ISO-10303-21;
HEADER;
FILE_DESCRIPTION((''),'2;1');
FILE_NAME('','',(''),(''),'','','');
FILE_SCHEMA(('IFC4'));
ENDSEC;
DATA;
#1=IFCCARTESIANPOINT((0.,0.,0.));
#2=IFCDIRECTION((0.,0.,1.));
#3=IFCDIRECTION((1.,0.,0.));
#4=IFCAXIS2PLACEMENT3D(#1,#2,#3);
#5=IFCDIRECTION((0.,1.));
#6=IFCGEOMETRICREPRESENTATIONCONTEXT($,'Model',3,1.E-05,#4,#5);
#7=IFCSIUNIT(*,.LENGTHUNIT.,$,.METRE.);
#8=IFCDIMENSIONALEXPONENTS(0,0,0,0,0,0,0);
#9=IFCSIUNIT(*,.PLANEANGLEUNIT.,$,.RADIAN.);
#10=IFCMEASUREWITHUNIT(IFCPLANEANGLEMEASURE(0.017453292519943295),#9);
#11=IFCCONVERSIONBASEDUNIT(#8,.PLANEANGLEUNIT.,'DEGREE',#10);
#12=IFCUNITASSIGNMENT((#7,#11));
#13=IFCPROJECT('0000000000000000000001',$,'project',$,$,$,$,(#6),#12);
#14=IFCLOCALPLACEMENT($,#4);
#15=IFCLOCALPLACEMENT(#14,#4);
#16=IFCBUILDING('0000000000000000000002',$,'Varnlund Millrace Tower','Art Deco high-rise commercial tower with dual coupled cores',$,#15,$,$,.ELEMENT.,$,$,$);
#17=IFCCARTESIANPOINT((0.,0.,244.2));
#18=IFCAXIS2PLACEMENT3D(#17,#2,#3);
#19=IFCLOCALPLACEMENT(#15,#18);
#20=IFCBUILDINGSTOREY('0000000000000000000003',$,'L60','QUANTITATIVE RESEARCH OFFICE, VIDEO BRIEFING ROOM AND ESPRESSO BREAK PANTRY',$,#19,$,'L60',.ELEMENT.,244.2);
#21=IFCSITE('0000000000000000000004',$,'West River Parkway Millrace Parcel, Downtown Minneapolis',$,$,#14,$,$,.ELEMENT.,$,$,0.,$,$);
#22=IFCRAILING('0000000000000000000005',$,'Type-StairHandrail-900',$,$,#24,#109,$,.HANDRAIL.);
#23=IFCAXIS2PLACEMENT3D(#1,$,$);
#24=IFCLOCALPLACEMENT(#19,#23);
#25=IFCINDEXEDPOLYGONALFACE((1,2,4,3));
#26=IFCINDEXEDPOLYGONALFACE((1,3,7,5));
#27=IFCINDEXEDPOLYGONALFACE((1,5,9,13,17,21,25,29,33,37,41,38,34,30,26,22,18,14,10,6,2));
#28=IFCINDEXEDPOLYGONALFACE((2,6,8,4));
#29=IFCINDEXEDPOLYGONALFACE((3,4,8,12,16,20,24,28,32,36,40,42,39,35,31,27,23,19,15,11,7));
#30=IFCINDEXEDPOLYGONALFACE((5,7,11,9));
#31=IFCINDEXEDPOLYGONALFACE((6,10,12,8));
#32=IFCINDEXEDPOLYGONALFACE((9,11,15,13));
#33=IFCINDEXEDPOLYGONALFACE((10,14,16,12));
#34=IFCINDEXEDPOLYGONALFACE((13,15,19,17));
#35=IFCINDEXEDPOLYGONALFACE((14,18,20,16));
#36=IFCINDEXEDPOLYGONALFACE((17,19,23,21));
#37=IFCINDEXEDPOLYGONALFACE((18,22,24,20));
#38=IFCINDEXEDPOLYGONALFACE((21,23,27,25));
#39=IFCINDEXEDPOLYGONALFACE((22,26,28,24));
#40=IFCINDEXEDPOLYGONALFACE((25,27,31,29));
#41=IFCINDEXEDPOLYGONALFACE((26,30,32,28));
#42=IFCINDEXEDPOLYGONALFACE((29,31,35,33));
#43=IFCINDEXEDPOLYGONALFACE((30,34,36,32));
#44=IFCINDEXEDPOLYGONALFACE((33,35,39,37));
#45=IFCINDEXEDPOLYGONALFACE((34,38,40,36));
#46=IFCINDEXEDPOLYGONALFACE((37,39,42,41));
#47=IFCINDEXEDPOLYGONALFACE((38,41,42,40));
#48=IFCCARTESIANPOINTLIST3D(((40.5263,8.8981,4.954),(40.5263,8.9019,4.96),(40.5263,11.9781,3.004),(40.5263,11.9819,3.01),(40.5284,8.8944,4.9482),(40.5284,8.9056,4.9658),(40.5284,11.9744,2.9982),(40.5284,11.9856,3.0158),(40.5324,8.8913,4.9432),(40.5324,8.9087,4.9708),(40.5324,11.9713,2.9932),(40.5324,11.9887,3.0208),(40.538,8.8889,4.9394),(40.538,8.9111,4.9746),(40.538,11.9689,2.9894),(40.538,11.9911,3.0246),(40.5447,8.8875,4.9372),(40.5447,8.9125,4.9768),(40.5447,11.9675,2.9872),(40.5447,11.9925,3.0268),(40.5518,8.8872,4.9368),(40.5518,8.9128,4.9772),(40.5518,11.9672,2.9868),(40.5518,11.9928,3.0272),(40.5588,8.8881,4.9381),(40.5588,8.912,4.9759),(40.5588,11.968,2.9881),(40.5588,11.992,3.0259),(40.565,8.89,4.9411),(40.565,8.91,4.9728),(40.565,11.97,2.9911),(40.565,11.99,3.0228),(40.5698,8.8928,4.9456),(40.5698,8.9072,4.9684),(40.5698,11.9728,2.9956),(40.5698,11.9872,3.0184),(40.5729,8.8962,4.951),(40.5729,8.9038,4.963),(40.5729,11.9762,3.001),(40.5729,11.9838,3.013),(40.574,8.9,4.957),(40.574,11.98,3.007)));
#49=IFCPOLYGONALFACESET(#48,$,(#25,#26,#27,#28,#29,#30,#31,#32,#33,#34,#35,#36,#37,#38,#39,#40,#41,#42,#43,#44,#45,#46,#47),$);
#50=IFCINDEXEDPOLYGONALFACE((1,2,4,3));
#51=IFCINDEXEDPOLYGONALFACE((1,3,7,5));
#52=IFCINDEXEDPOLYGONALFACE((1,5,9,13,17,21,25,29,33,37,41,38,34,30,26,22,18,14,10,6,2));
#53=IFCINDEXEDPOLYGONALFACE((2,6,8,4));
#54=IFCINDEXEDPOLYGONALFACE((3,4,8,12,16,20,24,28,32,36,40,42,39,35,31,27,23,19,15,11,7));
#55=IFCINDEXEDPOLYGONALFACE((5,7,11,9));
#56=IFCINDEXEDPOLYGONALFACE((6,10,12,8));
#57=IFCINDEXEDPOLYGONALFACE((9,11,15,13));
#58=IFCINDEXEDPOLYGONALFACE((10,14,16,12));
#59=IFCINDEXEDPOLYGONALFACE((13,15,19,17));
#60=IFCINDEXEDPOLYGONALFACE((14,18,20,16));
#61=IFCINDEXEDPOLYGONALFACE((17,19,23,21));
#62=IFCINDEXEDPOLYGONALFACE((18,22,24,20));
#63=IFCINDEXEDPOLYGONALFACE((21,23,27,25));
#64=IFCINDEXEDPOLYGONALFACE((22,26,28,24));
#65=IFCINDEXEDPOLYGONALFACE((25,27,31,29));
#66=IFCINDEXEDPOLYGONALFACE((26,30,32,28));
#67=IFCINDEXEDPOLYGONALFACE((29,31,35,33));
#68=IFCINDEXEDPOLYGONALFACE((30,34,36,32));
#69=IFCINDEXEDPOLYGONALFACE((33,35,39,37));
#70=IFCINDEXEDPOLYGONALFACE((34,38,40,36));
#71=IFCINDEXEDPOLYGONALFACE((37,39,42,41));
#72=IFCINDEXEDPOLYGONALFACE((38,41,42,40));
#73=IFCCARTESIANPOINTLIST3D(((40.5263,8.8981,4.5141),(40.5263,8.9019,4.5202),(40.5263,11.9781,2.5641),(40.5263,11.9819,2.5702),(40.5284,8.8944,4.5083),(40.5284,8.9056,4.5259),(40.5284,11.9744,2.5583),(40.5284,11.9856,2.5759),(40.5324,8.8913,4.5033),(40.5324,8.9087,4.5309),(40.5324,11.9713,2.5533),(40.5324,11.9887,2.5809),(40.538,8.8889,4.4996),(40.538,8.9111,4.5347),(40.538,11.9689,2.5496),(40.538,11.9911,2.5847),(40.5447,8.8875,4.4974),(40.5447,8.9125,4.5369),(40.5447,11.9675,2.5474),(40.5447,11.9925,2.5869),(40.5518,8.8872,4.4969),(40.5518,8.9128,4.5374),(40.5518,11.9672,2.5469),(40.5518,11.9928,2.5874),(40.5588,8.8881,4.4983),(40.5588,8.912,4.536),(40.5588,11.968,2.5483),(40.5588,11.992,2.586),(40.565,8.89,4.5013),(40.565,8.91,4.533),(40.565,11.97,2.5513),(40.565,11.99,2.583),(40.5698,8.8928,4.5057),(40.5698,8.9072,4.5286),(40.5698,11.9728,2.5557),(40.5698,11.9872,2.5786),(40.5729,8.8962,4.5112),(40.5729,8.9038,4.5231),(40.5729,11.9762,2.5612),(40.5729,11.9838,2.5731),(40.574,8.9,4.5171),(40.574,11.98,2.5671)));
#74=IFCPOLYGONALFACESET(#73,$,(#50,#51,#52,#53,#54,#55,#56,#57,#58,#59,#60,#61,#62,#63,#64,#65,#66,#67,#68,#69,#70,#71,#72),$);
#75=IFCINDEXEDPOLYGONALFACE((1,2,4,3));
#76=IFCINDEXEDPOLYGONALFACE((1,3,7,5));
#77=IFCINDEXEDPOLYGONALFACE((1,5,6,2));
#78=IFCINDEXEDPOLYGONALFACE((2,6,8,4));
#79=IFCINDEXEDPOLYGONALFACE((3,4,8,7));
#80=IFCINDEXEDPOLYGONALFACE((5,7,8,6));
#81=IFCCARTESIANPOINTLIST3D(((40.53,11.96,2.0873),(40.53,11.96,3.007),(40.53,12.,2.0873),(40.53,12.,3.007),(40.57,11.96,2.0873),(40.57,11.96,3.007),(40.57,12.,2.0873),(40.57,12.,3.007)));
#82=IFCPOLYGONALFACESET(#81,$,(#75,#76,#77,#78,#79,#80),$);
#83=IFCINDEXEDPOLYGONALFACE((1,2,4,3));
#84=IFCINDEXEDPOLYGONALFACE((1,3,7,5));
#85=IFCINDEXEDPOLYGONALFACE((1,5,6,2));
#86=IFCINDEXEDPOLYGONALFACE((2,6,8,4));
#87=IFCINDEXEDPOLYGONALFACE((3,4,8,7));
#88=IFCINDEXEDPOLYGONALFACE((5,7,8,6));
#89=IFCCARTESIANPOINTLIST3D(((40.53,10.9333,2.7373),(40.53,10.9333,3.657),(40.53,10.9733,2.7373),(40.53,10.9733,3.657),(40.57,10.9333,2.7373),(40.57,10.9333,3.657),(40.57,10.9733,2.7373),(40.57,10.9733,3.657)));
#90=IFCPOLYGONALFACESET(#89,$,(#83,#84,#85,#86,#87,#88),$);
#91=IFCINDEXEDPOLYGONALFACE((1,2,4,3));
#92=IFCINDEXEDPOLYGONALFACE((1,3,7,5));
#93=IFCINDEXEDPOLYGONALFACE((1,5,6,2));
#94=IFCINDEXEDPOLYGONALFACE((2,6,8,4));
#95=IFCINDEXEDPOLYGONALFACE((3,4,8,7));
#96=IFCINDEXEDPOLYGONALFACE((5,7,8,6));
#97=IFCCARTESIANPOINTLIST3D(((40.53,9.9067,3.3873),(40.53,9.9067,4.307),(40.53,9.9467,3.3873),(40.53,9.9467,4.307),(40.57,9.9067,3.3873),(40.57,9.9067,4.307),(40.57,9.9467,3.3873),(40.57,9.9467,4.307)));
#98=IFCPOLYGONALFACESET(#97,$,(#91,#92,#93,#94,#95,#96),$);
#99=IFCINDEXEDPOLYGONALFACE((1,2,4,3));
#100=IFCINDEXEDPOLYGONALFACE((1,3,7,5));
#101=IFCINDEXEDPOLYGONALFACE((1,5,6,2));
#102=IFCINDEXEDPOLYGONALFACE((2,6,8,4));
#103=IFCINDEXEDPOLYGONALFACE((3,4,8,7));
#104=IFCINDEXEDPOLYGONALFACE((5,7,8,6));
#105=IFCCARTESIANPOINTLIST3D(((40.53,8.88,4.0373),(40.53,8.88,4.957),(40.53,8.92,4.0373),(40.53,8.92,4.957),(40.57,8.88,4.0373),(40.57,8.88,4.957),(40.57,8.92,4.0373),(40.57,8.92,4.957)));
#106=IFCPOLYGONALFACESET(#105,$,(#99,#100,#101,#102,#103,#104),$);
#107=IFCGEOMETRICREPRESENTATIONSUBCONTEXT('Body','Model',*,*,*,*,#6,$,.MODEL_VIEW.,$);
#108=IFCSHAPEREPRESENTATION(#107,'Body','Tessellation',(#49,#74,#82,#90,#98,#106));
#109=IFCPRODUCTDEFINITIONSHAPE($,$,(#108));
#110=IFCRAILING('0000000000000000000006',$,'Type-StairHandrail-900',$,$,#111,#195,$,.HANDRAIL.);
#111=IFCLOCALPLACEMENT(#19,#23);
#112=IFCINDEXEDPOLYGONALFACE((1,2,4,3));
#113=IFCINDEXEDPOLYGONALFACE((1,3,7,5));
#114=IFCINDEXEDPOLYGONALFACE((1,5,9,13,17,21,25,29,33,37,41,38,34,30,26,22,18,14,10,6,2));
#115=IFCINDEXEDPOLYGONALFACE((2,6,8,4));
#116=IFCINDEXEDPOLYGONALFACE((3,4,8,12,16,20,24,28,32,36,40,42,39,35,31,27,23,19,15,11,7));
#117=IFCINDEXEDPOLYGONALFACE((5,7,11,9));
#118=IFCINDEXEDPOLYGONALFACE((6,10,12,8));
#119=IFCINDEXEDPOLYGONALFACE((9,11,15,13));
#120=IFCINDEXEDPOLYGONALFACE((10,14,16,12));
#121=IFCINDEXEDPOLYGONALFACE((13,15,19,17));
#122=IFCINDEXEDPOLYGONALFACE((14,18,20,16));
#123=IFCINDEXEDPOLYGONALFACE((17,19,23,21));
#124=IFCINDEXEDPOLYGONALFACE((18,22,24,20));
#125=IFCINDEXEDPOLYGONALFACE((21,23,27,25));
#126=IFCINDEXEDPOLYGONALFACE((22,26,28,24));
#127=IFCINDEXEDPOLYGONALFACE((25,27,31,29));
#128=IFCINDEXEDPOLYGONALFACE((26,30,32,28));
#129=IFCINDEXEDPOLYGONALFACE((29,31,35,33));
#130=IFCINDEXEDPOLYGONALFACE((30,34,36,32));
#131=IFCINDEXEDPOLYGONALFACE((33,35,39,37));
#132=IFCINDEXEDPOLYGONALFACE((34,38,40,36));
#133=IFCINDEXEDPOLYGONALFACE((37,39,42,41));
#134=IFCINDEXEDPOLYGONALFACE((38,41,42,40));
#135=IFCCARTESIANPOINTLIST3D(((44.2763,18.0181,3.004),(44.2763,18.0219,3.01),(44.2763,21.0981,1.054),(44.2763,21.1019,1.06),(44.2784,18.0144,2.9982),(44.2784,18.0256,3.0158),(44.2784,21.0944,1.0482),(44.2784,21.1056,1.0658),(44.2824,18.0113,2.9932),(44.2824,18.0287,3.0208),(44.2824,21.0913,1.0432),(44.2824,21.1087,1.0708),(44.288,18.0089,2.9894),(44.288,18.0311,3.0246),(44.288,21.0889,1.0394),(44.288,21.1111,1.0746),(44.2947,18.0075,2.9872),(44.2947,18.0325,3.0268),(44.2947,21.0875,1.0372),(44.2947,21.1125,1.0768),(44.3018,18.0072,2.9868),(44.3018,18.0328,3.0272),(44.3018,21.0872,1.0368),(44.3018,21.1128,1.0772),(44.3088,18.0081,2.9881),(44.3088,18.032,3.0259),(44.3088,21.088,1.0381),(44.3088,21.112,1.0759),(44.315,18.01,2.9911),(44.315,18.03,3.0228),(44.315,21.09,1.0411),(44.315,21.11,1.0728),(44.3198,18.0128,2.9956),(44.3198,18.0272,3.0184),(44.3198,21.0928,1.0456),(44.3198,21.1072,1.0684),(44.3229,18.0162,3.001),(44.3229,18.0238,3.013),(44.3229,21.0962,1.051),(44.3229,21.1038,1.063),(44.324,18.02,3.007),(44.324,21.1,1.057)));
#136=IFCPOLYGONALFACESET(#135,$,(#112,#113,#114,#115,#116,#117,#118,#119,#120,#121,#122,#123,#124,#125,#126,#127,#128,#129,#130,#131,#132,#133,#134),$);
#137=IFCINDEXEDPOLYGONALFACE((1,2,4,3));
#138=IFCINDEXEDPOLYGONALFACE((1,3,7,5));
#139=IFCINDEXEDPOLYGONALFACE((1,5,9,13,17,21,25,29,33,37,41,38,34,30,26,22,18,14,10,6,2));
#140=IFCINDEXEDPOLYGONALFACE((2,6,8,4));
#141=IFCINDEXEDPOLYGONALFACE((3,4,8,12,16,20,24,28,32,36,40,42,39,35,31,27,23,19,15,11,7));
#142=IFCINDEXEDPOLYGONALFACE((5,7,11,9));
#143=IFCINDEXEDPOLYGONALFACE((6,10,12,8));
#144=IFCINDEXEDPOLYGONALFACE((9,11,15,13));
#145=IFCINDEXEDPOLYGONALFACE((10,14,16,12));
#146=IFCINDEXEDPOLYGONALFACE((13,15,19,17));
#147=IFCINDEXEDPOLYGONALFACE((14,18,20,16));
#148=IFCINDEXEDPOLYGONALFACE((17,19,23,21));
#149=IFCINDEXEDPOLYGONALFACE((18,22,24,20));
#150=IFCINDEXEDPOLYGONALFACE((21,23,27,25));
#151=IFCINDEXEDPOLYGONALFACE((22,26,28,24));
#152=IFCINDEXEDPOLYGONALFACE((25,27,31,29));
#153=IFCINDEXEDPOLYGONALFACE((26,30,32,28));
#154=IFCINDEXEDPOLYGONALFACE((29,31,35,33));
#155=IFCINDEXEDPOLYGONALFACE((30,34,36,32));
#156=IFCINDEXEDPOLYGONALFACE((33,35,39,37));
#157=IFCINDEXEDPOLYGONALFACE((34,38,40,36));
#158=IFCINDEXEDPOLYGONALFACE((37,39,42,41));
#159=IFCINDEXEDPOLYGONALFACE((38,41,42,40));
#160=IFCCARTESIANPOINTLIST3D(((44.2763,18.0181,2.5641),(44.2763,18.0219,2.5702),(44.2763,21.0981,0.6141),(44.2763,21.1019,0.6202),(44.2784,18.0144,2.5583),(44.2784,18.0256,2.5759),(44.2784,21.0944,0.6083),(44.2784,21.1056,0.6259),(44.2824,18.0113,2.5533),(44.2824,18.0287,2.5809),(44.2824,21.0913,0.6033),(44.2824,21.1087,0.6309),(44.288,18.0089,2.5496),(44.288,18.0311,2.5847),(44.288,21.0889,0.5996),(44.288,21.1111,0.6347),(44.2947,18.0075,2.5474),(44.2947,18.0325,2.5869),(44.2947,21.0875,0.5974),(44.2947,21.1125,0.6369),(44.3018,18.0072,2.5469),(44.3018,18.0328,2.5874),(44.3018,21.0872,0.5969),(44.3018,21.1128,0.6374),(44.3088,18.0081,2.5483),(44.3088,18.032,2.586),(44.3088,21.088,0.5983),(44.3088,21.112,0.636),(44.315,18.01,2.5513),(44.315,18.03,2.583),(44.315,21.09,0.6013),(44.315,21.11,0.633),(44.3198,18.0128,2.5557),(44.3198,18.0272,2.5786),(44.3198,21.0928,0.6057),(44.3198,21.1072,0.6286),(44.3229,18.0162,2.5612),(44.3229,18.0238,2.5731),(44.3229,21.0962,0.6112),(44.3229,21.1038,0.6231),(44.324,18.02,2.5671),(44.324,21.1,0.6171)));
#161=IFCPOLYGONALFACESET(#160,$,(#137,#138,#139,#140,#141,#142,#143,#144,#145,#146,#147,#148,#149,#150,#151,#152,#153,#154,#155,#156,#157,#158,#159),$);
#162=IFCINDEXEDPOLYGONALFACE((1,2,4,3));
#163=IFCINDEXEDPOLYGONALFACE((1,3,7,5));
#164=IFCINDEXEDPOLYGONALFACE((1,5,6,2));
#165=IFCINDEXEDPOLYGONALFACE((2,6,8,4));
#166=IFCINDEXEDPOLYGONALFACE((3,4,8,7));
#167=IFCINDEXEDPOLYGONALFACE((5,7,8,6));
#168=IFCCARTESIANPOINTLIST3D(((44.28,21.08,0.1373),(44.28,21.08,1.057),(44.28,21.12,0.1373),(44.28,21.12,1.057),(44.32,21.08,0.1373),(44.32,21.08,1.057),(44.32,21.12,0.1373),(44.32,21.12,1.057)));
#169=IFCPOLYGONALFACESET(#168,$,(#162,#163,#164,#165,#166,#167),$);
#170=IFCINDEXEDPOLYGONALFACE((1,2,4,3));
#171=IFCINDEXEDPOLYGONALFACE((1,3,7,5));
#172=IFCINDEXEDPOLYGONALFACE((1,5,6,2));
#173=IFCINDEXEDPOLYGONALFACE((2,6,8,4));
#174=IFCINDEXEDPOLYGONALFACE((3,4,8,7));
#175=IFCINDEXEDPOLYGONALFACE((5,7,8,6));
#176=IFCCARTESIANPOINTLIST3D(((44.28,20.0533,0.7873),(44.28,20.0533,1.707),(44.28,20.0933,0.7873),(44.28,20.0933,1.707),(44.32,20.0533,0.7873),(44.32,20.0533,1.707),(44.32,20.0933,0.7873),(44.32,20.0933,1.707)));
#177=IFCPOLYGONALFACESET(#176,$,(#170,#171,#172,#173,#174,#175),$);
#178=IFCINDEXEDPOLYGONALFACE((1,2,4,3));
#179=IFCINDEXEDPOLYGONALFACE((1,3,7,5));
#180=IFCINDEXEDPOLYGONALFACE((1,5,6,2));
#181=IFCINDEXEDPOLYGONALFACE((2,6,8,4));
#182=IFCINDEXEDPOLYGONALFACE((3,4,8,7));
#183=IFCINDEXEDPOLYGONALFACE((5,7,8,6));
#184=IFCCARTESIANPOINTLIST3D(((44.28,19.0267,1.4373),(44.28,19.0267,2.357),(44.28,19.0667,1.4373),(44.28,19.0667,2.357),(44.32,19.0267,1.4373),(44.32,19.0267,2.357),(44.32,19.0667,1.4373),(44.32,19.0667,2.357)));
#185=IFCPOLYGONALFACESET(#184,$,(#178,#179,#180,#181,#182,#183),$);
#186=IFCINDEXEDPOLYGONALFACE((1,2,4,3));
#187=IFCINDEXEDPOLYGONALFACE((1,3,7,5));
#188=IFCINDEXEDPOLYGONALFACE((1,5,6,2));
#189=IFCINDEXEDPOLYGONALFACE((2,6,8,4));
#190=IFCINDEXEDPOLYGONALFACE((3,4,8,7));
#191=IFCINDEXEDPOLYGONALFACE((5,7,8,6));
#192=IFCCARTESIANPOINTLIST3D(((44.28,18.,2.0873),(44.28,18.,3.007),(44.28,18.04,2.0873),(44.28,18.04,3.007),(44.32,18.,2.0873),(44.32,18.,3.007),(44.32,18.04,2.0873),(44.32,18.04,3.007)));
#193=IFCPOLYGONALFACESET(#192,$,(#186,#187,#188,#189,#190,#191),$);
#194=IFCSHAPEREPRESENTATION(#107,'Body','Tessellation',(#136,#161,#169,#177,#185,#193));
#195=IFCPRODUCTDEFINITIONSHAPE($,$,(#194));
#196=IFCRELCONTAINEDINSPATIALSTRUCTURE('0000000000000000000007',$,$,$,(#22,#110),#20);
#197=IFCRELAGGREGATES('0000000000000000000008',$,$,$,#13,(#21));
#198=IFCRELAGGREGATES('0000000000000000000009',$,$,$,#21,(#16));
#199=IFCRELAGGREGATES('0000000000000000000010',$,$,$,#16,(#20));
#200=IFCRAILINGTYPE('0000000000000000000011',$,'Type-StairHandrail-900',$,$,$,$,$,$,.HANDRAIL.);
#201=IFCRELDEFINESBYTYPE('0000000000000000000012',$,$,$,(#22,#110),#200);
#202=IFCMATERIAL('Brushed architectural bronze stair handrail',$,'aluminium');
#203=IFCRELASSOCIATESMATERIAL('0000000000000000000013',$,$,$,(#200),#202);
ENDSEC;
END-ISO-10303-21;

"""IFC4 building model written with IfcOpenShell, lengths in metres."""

from ifc_helpers import new_model, entity, si_unit, converted_unit, direction, frame, origin_with_axes, origin_2d_with_axis, place, context, subcontext, project, spatial, rectangle, circle, extrude, material, type_object, element, save


model = new_model("IFC4")

# Units and contexts
model_context = context("Model", 3, precision=1e-05, world=origin_with_axes(), true_north=direction((0.0, 1.0)))
body_context = subcontext(model_context, "Body", "Model", "MODEL_VIEW")
ifc_project = project(units=[si_unit("LENGTHUNIT", "METRE"), converted_unit("PLANEANGLEUNIT", "DEGREE", entity("IfcPlaneAngleMeasure", 0.017453292519943295), si_unit("PLANEANGLEUNIT", "RADIAN"), dimensions=[0, 0, 0, 0, 0, 0, 0])], contexts=[model_context])

# Site, building, storey
site_placement = place(None, origin_with_axes())
site = spatial("IfcSite", under=ifc_project, at=site_placement, Name="West River Parkway Millrace Parcel, Downtown Minneapolis", CompositionType="ELEMENT", RefElevation=0.0)
building_placement = place(site_placement, origin_with_axes())
building = spatial("IfcBuilding", under=site, at=building_placement, Name="Varnlund Millrace Tower", Description="Art Deco high-rise commercial tower with dual coupled cores", CompositionType="ELEMENT")
storey_placement = place(building_placement, frame((0.0, 0.0, 244.2), z_axis=(0.0, 0.0, 1.0), x_axis=(1.0, 0.0, 0.0)))
storey = spatial("IfcBuildingStorey", under=building, at=storey_placement, Name="L60", Description="QUANTITATIVE RESEARCH OFFICE, VIDEO BRIEFING ROOM AND ESPRESSO BREAK PANTRY", LongName="L60", CompositionType="ELEMENT", Elevation=244.2)

# Railings
ifc_material_1 = material(Name="Brushed architectural bronze stair handrail", Category="aluminium")
railing_type_1 = type_object("IfcRailingType", Name="Type-StairHandrail-900", PredefinedType="HANDRAIL", material=ifc_material_1)
railing_1_placement = place(storey_placement, frame((0.0, 0.0, -244.2), z_axis=(0.0, 0.0, 1.0), x_axis=(1.0, 0.0, 0.0)))
element("IfcRailing", 1, at=railing_1_placement, inside=storey, type_object=railing_type_1, Name="Type-StairHandrail-900", PredefinedType="HANDRAIL", context=body_context, shape_type="SweptSolid", body=[
    extrude(circle(Radius=0.024, at=origin_2d_with_axis()), frame((40.55, 11.98, 247.207), z_axis=(0.0, -0.844902, 0.534922), x_axis=(1.0, 0.0, 0.0)), (0.0, 0.0, 1.0), 3.6454),
    extrude(circle(Radius=0.024, at=origin_2d_with_axis()), frame((40.55, 11.98, 246.7671), z_axis=(0.0, -0.844902, 0.534922), x_axis=(1.0, 0.0, 0.0)), (0.0, 0.0, 1.0), 3.6454),
    extrude(rectangle(XDim=0.04, YDim=0.04, at=origin_2d_with_axis()), frame((40.55, 11.98, 246.2873), z_axis=(0.0, 0.0, 1.0), x_axis=(1.0, 0.0, 0.0)), (0.0, 0.0, 1.0), 0.9197),
    extrude(rectangle(XDim=0.04, YDim=0.04, at=origin_2d_with_axis()), frame((40.55, 10.9533, 246.9373), z_axis=(0.0, 0.0, 1.0), x_axis=(1.0, 0.0, 0.0)), (0.0, 0.0, 1.0), 0.9197),
    extrude(rectangle(XDim=0.04, YDim=0.04, at=origin_2d_with_axis()), frame((40.55, 9.9267, 247.5873), z_axis=(0.0, 0.0, 1.0), x_axis=(1.0, 0.0, 0.0)), (0.0, 0.0, 1.0), 0.9197),
    extrude(rectangle(XDim=0.04, YDim=0.04, at=origin_2d_with_axis()), frame((40.55, 8.9, 248.2373), z_axis=(0.0, 0.0, 1.0), x_axis=(1.0, 0.0, 0.0)), (0.0, 0.0, 1.0), 0.9197),
])
railing_2_placement = place(storey_placement, frame((0.0, 0.0, -244.2), z_axis=(0.0, 0.0, 1.0), x_axis=(1.0, 0.0, 0.0)))
element("IfcRailing", 2, at=railing_2_placement, inside=storey, type_object=railing_type_1, Name="Type-StairHandrail-900", PredefinedType="HANDRAIL", context=body_context, shape_type="SweptSolid", body=[
    extrude(circle(Radius=0.024, at=origin_2d_with_axis()), frame((44.3, 21.1, 245.257), z_axis=(0.0, -0.844902, 0.534922), x_axis=(1.0, 0.0, 0.0)), (0.0, 0.0, 1.0), 3.6454),
    extrude(circle(Radius=0.024, at=origin_2d_with_axis()), frame((44.3, 21.1, 244.8171), z_axis=(0.0, -0.844902, 0.534922), x_axis=(1.0, 0.0, 0.0)), (0.0, 0.0, 1.0), 3.6454),
    extrude(rectangle(XDim=0.04, YDim=0.04, at=origin_2d_with_axis()), frame((44.3, 21.1, 244.3373), z_axis=(0.0, 0.0, 1.0), x_axis=(1.0, 0.0, 0.0)), (0.0, 0.0, 1.0), 0.9197),
    extrude(rectangle(XDim=0.04, YDim=0.04, at=origin_2d_with_axis()), frame((44.3, 20.0733, 244.9873), z_axis=(0.0, 0.0, 1.0), x_axis=(1.0, 0.0, 0.0)), (0.0, 0.0, 1.0), 0.9197),
    extrude(rectangle(XDim=0.04, YDim=0.04, at=origin_2d_with_axis()), frame((44.3, 19.0467, 245.6373), z_axis=(0.0, 0.0, 1.0), x_axis=(1.0, 0.0, 0.0)), (0.0, 0.0, 1.0), 0.9197),
    extrude(rectangle(XDim=0.04, YDim=0.04, at=origin_2d_with_axis()), frame((44.3, 18.02, 246.2873), z_axis=(0.0, 0.0, 1.0), x_axis=(1.0, 0.0, 0.0)), (0.0, 0.0, 1.0), 0.9197),
])

save(model, "model.ifc")
